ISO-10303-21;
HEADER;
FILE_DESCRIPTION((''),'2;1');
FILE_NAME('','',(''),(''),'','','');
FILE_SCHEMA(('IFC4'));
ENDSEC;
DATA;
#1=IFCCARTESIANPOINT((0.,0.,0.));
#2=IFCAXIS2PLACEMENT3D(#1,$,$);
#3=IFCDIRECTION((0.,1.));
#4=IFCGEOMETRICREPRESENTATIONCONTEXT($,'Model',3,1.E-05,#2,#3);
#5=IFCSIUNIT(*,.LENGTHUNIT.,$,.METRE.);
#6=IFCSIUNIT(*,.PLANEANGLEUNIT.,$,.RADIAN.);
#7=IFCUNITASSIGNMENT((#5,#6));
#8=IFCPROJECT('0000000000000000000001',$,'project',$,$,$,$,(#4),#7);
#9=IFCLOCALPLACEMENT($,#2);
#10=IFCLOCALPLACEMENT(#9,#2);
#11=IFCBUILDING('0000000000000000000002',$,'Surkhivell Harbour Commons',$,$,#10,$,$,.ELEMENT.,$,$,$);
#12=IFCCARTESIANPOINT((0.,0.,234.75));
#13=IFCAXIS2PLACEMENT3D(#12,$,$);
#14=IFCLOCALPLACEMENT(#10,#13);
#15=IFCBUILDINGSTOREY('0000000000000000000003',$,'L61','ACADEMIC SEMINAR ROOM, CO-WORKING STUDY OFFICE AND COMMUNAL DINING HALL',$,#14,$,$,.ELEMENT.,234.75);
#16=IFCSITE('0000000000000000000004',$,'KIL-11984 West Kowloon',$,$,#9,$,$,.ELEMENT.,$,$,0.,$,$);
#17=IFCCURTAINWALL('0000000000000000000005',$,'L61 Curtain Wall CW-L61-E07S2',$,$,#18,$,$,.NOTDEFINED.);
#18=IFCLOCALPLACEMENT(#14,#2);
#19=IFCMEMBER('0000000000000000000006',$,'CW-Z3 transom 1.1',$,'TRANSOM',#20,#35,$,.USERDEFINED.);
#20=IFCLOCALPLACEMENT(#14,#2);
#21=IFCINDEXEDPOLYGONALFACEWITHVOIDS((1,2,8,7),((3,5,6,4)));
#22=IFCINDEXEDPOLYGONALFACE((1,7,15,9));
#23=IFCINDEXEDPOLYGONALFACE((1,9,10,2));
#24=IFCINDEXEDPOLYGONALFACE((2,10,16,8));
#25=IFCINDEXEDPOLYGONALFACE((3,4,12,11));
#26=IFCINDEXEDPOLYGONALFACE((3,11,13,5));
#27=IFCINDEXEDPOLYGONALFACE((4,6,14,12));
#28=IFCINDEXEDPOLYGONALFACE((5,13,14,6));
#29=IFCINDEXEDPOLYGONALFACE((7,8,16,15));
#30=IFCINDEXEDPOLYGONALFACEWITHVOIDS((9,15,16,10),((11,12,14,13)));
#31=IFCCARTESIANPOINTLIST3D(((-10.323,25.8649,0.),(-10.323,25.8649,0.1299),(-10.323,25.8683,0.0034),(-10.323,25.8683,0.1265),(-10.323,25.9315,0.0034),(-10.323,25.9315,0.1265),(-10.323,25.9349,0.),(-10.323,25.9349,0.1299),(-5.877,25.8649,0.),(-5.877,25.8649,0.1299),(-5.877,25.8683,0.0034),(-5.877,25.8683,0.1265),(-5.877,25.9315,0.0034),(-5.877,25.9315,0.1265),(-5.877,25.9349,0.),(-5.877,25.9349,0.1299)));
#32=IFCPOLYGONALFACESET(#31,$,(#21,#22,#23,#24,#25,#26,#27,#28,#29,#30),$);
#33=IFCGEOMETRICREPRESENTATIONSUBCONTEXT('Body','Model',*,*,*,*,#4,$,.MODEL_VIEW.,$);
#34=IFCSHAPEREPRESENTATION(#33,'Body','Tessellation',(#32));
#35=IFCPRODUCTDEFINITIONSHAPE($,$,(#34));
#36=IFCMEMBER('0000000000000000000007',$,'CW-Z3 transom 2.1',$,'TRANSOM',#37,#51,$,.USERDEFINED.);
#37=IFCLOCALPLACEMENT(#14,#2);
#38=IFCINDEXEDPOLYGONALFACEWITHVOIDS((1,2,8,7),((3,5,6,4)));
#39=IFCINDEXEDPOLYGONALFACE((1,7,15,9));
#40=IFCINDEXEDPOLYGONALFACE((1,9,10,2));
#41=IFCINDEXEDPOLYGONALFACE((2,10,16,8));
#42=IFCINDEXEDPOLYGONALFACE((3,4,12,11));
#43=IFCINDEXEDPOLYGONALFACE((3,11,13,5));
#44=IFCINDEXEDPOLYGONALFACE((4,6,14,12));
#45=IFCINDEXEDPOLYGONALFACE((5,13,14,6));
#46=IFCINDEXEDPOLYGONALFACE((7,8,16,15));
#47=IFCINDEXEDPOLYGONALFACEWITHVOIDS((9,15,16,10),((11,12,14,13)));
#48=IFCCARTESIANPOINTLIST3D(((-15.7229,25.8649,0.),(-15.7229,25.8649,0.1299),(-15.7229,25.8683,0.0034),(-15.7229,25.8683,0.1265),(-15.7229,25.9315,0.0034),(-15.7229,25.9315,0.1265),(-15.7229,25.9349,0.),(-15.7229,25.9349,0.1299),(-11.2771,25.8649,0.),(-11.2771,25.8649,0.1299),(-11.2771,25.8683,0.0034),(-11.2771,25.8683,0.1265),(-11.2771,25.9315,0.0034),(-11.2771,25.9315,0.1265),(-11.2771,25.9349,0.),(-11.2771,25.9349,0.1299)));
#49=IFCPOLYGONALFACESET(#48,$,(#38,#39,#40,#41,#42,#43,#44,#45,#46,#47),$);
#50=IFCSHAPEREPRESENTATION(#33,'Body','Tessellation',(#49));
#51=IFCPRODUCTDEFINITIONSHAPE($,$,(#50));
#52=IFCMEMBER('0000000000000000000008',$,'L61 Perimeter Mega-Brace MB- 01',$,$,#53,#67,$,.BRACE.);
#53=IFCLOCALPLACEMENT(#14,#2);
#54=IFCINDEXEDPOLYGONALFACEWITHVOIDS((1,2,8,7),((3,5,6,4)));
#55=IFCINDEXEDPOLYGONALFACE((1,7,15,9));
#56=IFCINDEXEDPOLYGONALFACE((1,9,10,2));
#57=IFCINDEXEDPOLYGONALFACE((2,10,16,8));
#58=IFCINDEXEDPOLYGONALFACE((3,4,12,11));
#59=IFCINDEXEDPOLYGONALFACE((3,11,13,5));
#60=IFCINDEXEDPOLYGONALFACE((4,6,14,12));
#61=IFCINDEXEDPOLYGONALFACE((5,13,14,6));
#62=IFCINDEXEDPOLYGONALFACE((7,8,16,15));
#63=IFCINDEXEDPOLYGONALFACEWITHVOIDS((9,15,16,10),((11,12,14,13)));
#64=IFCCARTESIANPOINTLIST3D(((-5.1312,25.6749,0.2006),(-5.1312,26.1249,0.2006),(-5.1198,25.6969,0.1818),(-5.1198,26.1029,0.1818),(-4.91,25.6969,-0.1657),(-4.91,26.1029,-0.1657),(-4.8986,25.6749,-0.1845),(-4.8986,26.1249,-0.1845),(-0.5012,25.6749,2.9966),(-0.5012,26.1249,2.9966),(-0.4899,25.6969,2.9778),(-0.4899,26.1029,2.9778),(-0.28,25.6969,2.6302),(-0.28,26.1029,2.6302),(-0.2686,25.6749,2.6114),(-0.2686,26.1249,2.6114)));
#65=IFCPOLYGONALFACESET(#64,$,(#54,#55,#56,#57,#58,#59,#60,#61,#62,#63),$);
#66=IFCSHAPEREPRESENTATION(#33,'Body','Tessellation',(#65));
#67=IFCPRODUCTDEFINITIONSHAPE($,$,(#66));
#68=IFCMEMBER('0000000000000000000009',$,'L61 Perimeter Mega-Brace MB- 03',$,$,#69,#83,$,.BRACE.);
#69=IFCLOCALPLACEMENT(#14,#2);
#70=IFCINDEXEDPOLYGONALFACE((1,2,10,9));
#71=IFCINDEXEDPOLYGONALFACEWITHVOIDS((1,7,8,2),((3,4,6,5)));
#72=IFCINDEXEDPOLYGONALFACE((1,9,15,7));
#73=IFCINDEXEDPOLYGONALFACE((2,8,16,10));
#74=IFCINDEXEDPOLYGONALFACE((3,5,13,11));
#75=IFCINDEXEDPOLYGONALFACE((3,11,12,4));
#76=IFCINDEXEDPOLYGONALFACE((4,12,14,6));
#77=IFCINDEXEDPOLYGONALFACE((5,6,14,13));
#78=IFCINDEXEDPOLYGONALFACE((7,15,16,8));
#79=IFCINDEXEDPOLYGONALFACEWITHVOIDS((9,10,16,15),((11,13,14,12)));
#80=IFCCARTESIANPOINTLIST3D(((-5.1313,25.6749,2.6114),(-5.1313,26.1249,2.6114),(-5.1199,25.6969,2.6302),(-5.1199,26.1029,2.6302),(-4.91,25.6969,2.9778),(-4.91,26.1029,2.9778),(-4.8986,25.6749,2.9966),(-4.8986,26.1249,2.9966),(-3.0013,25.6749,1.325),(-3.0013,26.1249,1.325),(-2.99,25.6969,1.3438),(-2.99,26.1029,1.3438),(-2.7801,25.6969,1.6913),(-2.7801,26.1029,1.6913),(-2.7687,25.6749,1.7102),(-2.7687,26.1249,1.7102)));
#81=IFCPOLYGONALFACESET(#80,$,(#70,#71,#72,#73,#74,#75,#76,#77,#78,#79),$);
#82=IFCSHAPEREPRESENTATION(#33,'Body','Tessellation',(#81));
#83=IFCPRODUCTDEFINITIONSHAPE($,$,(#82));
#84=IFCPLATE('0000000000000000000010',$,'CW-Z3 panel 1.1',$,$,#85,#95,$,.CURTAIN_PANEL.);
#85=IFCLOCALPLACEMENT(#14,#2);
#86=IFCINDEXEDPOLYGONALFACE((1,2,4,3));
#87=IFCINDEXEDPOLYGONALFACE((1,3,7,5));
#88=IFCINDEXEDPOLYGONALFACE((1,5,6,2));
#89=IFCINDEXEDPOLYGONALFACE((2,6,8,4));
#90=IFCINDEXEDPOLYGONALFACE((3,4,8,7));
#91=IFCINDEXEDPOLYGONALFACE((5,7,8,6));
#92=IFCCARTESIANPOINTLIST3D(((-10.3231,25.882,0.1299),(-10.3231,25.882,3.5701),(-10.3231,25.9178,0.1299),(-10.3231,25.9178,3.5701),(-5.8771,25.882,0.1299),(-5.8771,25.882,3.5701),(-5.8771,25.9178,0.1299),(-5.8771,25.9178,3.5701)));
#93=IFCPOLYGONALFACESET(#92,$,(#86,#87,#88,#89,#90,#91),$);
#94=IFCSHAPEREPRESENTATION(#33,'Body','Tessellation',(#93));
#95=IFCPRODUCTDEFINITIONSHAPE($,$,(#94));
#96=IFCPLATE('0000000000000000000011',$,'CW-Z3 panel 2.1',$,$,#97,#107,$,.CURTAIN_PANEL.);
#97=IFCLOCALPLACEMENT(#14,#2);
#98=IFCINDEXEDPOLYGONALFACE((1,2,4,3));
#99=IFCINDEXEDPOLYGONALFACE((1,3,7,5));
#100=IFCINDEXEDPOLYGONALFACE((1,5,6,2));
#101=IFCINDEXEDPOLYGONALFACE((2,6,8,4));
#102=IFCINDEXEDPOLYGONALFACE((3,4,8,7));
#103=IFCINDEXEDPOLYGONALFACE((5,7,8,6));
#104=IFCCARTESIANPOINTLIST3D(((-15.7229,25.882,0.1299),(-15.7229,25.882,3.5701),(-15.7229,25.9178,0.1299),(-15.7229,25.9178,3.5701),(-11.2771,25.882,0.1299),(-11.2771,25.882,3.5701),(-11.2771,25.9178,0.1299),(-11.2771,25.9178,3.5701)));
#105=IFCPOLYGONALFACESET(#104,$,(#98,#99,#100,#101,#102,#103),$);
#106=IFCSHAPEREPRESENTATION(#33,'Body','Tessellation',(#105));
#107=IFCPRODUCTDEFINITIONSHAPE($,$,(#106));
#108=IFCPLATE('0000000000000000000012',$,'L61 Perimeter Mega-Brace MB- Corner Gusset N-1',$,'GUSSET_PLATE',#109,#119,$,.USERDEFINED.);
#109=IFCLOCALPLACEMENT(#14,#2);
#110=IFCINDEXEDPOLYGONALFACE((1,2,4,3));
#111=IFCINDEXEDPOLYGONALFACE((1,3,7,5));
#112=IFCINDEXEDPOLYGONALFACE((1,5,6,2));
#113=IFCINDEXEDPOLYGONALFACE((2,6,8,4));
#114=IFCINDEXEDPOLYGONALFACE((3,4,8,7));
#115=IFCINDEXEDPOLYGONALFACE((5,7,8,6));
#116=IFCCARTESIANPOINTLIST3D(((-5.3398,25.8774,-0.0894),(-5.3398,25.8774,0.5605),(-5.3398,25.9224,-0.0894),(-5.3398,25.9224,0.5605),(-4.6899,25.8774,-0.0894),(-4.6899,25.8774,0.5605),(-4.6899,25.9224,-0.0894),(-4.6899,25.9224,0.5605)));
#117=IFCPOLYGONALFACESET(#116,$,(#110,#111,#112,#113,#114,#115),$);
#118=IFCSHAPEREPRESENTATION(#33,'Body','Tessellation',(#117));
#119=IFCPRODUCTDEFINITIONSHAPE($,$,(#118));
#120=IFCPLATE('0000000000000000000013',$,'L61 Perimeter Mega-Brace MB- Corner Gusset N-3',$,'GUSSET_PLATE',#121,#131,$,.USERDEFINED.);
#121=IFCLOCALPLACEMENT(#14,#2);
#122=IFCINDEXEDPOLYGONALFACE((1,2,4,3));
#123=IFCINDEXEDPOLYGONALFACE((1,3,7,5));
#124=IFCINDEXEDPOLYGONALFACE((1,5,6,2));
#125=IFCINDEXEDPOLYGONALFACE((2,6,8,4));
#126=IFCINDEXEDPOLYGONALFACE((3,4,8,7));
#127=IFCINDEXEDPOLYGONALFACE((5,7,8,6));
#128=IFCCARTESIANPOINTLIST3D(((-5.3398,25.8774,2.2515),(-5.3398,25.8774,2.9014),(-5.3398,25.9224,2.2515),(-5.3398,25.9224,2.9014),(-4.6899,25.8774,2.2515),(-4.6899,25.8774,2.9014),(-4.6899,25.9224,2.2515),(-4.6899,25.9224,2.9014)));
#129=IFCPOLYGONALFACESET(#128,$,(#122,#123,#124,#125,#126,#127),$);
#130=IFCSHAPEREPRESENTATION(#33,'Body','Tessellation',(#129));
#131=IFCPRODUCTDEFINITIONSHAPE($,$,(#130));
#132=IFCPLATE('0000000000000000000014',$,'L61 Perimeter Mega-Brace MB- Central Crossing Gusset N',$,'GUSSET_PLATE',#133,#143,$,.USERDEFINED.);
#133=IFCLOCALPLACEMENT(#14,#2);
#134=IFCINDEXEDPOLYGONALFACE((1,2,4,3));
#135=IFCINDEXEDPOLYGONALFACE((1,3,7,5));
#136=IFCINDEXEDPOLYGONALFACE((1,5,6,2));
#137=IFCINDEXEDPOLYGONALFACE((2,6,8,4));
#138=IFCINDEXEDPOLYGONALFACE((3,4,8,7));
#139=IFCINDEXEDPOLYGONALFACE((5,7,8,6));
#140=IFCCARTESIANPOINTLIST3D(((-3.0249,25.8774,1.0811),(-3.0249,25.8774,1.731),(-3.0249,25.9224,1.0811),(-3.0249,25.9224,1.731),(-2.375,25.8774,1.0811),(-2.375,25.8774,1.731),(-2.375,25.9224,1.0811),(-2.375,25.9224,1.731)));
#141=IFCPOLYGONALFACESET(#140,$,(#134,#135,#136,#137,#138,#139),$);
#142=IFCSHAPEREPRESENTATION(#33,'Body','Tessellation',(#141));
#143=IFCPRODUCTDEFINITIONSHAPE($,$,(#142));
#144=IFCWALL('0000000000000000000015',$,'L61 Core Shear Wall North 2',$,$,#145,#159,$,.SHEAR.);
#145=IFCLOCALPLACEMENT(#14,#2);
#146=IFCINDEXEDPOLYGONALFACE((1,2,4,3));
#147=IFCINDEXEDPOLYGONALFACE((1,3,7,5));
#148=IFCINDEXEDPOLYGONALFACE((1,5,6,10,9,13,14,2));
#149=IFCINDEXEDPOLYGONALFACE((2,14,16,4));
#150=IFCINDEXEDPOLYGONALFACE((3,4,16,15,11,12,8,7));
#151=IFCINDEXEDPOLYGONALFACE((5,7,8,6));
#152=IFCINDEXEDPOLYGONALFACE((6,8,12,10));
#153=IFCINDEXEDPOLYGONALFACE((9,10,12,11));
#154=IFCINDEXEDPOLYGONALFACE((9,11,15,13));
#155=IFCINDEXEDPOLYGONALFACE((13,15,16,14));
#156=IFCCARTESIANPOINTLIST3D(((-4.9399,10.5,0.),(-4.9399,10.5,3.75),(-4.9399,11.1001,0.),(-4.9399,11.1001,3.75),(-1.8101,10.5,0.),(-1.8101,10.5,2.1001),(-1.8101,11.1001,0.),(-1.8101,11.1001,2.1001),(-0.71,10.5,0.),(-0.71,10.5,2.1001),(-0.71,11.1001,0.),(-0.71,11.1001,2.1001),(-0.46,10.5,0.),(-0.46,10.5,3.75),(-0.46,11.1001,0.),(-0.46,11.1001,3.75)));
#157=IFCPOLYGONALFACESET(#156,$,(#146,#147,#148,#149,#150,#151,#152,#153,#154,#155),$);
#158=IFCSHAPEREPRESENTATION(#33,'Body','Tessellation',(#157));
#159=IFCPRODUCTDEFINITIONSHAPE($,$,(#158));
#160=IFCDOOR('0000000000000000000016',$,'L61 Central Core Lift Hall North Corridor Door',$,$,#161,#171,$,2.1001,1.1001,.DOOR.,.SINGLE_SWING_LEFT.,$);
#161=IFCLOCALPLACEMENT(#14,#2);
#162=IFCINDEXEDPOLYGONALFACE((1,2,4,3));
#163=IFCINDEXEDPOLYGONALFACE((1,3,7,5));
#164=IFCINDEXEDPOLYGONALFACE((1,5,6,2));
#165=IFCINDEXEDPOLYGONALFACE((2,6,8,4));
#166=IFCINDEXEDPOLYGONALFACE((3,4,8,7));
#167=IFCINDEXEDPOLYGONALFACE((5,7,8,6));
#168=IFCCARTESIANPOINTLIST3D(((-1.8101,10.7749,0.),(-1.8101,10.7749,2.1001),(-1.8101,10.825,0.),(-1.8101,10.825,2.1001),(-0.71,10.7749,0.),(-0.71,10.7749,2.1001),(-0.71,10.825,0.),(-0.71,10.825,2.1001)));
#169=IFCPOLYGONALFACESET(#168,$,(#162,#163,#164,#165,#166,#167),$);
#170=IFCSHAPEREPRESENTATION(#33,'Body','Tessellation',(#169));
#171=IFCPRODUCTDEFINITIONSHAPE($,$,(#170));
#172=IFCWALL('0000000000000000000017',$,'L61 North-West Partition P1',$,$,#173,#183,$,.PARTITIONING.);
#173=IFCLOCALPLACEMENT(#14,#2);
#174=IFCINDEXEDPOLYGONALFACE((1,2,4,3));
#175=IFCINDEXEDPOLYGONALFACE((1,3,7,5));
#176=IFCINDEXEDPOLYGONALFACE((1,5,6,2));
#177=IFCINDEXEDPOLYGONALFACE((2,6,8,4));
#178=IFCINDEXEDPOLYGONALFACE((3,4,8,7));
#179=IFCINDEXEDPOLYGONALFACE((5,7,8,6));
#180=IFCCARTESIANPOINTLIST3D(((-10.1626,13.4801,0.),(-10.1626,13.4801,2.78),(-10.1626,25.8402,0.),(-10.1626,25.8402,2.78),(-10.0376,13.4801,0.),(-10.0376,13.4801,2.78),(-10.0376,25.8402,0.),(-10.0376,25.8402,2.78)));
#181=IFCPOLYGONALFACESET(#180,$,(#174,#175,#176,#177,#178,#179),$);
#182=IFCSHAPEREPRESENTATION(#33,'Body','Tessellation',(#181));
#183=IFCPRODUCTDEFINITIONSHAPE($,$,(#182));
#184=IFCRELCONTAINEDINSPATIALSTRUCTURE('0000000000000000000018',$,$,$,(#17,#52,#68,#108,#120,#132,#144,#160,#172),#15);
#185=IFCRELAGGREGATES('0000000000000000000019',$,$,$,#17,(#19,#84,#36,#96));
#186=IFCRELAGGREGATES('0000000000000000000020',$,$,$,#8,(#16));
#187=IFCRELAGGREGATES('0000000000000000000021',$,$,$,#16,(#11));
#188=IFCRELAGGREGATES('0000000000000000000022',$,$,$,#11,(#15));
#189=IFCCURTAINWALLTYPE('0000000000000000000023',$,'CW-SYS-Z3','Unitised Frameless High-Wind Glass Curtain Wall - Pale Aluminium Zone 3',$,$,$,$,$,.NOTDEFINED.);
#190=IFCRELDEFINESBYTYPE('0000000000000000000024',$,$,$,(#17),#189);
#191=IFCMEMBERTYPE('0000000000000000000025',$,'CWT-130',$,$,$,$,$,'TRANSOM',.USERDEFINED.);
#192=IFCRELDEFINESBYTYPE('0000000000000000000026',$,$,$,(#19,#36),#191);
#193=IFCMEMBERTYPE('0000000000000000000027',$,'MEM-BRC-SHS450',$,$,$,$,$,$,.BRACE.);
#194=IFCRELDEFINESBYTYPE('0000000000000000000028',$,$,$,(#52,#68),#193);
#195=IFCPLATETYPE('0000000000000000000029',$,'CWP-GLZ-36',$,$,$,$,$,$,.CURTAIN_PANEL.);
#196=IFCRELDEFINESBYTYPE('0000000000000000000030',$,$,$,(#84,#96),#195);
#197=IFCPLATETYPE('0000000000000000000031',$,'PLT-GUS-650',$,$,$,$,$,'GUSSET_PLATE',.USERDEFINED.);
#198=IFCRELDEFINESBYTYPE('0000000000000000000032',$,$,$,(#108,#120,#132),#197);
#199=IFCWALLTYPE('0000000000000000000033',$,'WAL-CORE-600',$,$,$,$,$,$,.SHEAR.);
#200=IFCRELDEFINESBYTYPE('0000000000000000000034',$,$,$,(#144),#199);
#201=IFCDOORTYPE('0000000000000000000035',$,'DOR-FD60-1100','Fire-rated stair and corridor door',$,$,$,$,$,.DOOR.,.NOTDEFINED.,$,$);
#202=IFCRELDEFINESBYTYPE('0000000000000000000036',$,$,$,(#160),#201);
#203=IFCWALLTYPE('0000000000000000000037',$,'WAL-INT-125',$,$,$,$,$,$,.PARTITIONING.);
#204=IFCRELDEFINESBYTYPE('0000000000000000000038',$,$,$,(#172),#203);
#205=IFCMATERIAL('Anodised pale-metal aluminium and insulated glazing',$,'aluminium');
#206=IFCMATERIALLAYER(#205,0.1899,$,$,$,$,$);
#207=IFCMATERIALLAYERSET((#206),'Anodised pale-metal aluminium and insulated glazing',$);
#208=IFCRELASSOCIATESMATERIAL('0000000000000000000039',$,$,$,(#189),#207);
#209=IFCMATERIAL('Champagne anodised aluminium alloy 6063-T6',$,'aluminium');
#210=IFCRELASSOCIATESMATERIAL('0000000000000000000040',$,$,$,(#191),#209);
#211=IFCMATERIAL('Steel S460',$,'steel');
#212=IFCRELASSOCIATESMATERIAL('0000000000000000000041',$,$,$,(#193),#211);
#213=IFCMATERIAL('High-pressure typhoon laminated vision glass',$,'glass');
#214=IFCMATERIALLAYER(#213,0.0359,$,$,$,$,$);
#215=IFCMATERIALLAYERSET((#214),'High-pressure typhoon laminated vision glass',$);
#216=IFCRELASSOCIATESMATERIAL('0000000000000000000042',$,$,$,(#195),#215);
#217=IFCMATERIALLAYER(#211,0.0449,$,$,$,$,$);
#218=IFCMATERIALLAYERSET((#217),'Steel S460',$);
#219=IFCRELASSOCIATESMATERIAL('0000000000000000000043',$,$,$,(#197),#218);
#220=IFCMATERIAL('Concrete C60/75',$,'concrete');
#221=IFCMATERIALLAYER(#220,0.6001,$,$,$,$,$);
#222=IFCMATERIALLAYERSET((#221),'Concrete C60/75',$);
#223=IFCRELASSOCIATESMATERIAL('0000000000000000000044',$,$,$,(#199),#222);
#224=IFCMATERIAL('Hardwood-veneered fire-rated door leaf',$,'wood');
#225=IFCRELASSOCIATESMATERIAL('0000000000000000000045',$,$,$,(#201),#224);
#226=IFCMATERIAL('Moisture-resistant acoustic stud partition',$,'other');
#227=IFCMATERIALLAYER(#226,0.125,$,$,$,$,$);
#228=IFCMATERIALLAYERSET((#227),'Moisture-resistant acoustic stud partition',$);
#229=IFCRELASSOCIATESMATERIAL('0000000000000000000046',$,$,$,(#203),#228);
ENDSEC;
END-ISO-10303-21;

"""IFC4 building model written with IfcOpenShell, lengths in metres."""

from ifc_helpers import new_model, si_unit, direction, frame, frame_2d, origin, origin_2d, place, context, subcontext, project, spatial, rectangle, hollow_rectangle, extrude, material, layer, layer_set, material_profile, profile_set, type_object, element, fill, aggregate, save


model = new_model("IFC4")

# Units and contexts
model_context = context("Model", 3, precision=1e-05, world=origin(), true_north=direction((0.0, 1.0)))
body_context = subcontext(model_context, "Body", "Model", "MODEL_VIEW")
ifc_project = project(units=[si_unit("LENGTHUNIT", "METRE"), si_unit("PLANEANGLEUNIT", "RADIAN")], contexts=[model_context])

# Site, building, storey
site_placement = place(None, origin())
site = spatial("IfcSite", under=ifc_project, at=site_placement, Name="KIL-11984 West Kowloon", CompositionType="ELEMENT", RefElevation=0.0)
building_placement = place(site_placement, origin())
building = spatial("IfcBuilding", under=site, at=building_placement, Name="Surkhivell Harbour Commons", CompositionType="ELEMENT")
storey_placement = place(building_placement, frame((0.0, 0.0, 234.75)))
storey = spatial("IfcBuildingStorey", under=building, at=storey_placement, Name="L61", Description="ACADEMIC SEMINAR ROOM, CO-WORKING STUDY OFFICE AND COMMUNAL DINING HALL", CompositionType="ELEMENT", Elevation=234.75)

# Shared definitions
ifc_material_1 = material(Name="Concrete C60/75", Category="concrete")

# Curtain wall, members
ifc_material_2 = material(Name="Anodised pale-metal aluminium and insulated glazing", Category="aluminium")
ifc_layer_1 = layer(ifc_material_2, 0.1899)
ifc_layer_set_1 = layer_set([ifc_layer_1], Name="Anodised pale-metal aluminium and insulated glazing")
curtain_wall_type = type_object("IfcCurtainWallType", Name="CW-SYS-Z3", Description="Unitised Frameless High-Wind Glass Curtain Wall - Pale Aluminium Zone 3", PredefinedType="NOTDEFINED", material=ifc_layer_set_1)
curtain_wall_placement = place(storey_placement, origin())
curtain_wall = element("IfcCurtainWall", 1, at=curtain_wall_placement, inside=storey, type_object=curtain_wall_type, Name="L61 Curtain Wall CW-L61-E07S2", PredefinedType="NOTDEFINED")
ifc_material_3 = material(Name="Champagne anodised aluminium alloy 6063-T6", Category="aluminium")
ifc_material_profile_1 = material_profile(ifc_material_3, hollow_rectangle(XDim=0.0701, YDim=0.1299, WallThickness=0.0034, at=origin_2d()), Name="ALU-TRAN-70x130")
ifc_profile_set_1 = profile_set([ifc_material_profile_1], Name="Champagne anodised aluminium alloy 6063-T6")
member_type_1 = type_object("IfcMemberType", Name="CWT-130", ElementType="TRANSOM", PredefinedType="USERDEFINED", material=ifc_profile_set_1)
member_1_placement = place(storey_placement, frame((-5.877, 25.8999, 0.0649), z_axis=(-1.0, 0.0, 0.0), x_axis=(0.0, -1.0, 0.0)))
member_1 = element("IfcMember", 2, at=member_1_placement, type_object=member_type_1, Name="CW-Z3 transom 1.1", ObjectType="TRANSOM", PredefinedType="USERDEFINED", context=body_context, shape_type="SweptSolid", body=[
    extrude(hollow_rectangle(XDim=0.0701, YDim=0.1299, WallThickness=0.0034, at=origin_2d()), origin(), (0.0, 0.0, 1.0), 4.446),
])
member_2_placement = place(storey_placement, frame((-11.2771, 25.8999, 0.0649), z_axis=(-1.0, 0.0, 0.0), x_axis=(0.0, -1.0, 0.0)))
member_2 = element("IfcMember", 3, at=member_2_placement, type_object=member_type_1, Name="CW-Z3 transom 2.1", ObjectType="TRANSOM", PredefinedType="USERDEFINED", context=body_context, shape_type="SweptSolid", body=[
    extrude(hollow_rectangle(XDim=0.0701, YDim=0.1299, WallThickness=0.0034, at=origin_2d()), origin(), (0.0, 0.0, 1.0), 4.4458),
])

# Members
ifc_material_4 = material(Name="Steel S460", Category="steel")
ifc_material_profile_2 = material_profile(ifc_material_4, hollow_rectangle(XDim=0.45, YDim=0.45, WallThickness=0.022, at=origin_2d()), Name="SHS450x450x22")
ifc_profile_set_2 = profile_set([ifc_material_profile_2], Name="Steel S460")
member_type_2 = type_object("IfcMemberType", Name="MEM-BRC-SHS450", PredefinedType="BRACE", material=ifc_profile_set_2)
member_3_placement = place(storey_placement, frame((-5.0149, 25.8999, 0.0081), z_axis=(0.856024, 0.0, 0.516937), x_axis=(0.0, 1.0, 0.0)))
element("IfcMember", 4, at=member_3_placement, inside=storey, type_object=member_type_2, Name="L61 Perimeter Mega-Brace MB- 01", PredefinedType="BRACE", context=body_context, shape_type="SweptSolid", body=[
    extrude(hollow_rectangle(XDim=0.45, YDim=0.45, WallThickness=0.022, at=origin_2d()), origin(), (0.0, 0.0, 1.0), 5.4087),
])
member_4_placement = place(storey_placement, frame((-2.885, 25.8999, 1.5176), z_axis=(-0.855992, 0.0, 0.51699), x_axis=(0.0, -1.0, 0.0)))
element("IfcMember", 5, at=member_4_placement, inside=storey, type_object=member_type_2, Name="L61 Perimeter Mega-Brace MB- 03", PredefinedType="BRACE", context=body_context, shape_type="SweptSolid", body=[
    extrude(hollow_rectangle(XDim=0.45, YDim=0.45, WallThickness=0.022, at=origin_2d()), origin(), (0.0, 0.0, 1.0), 2.4883),
])

# Plates
ifc_material_5 = material(Name="High-pressure typhoon laminated vision glass", Category="glass")
ifc_layer_2 = layer(ifc_material_5, 0.0359)
ifc_layer_set_2 = layer_set([ifc_layer_2], Name="High-pressure typhoon laminated vision glass")
plate_type_1 = type_object("IfcPlateType", Name="CWP-GLZ-36", PredefinedType="CURTAIN_PANEL", material=ifc_layer_set_2)
plate_1_placement = place(storey_placement, frame((-5.877, 25.8999, 0.1299), z_axis=(0.0, 0.0, 1.0), x_axis=(-1.0, 0.0, 0.0)))
plate_1 = element("IfcPlate", 6, at=plate_1_placement, type_object=plate_type_1, Name="CW-Z3 panel 1.1", PredefinedType="CURTAIN_PANEL", context=body_context, shape_type="SweptSolid", body=[
    extrude(rectangle(XDim=4.446, YDim=0.0359, at=frame_2d((2.2231, 0.0))), origin(), (0.0, 0.0, 1.0), 3.4402),
])
plate_2_placement = place(storey_placement, frame((-11.2771, 25.8999, 0.1299), z_axis=(0.0, 0.0, 1.0), x_axis=(-1.0, 0.0, 0.0)))
plate_2 = element("IfcPlate", 7, at=plate_2_placement, type_object=plate_type_1, Name="CW-Z3 panel 2.1", PredefinedType="CURTAIN_PANEL", context=body_context, shape_type="SweptSolid", body=[
    extrude(rectangle(XDim=4.4458, YDim=0.0359, at=frame_2d((2.2229, 0.0))), origin(), (0.0, 0.0, 1.0), 3.4402),
])
aggregate(curtain_wall, [member_1, plate_1, member_2, plate_2])

# Plates
ifc_layer_3 = layer(ifc_material_4, 0.0449)
ifc_layer_set_3 = layer_set([ifc_layer_3], Name="Steel S460")
plate_type_2 = type_object("IfcPlateType", Name="PLT-GUS-650", ElementType="GUSSET_PLATE", PredefinedType="USERDEFINED", material=ifc_layer_set_3)
for number, where, z_axis, x_axis, name in (
    (8, (-5.0149, 25.8999, -0.0894), (0.0, 0.0, 1.0), (1.0, 0.0, 0.0), "L61 Perimeter Mega-Brace MB- Corner Gusset N-1"),
    (9, (-5.0149, 25.8999, 2.2515), (0.0, 0.0, 1.0), (1.0, 0.0, 0.0), "L61 Perimeter Mega-Brace MB- Corner Gusset N-3"),
    (10, (-2.7, 25.8999, 1.0811), (0.0, 0.0, 1.0), (1.0, 0.0, 0.0), "L61 Perimeter Mega-Brace MB- Central Crossing Gusset N"),
):
    element("IfcPlate", number, at=place(storey_placement, frame(where, z_axis=z_axis, x_axis=x_axis)), inside=storey, type_object=plate_type_2, Name=name, ObjectType="GUSSET_PLATE", PredefinedType="USERDEFINED", context=body_context, shape_type="SweptSolid", body=[
        extrude(rectangle(XDim=0.6499, YDim=0.0449, at=origin_2d()), origin(), (0.0, 0.0, 1.0), 0.6499),
    ])

# Wall, opening, door
ifc_layer_4 = layer(ifc_material_1, 0.6001)
ifc_layer_set_4 = layer_set([ifc_layer_4], Name="Concrete C60/75")
wall_type_1 = type_object("IfcWallType", Name="WAL-CORE-600", PredefinedType="SHEAR", material=ifc_layer_set_4)
wall_1_placement = place(storey_placement, frame((-4.9399, 10.8, 0.0), z_axis=(0.0, 0.0, 1.0), x_axis=(1.0, 0.0, 0.0)))
wall_1 = element("IfcWall", 11, at=wall_1_placement, inside=storey, type_object=wall_type_1, Name="L61 Core Shear Wall North 2", PredefinedType="SHEAR", context=body_context, shape_type="SweptSolid", body=[
    extrude(rectangle(XDim=4.48, YDim=0.6001, at=frame_2d((2.24, 0.0))), origin(), (0.0, 0.0, 1.0), 3.75),
])
opening_1_placement = place(wall_1_placement, frame((3.1299, 0.0, 0.0)))
opening_1 = element("IfcOpeningElement", 12, at=opening_1_placement, cuts=wall_1, PredefinedType="OPENING", context=body_context, shape_type="SweptSolid", body=[
    extrude(rectangle(XDim=1.1001, YDim=2.1001, at=frame_2d((0.55, 1.05))), frame((0.0, 0.3101, 0.0), z_axis=(0.0, -1.0, 0.0), x_axis=(1.0, 0.0, 0.0)), (0.0, 0.0, 1.0), 0.6201),
])
ifc_material_6 = material(Name="Hardwood-veneered fire-rated door leaf", Category="wood")
door_type_1 = type_object("IfcDoorType", Name="DOR-FD60-1100", Description="Fire-rated stair and corridor door", OperationType="NOTDEFINED", PredefinedType="DOOR", material=ifc_material_6)
door_1_placement = place(opening_1_placement, origin())
door_1 = element("IfcDoor", 13, at=door_1_placement, inside=storey, type_object=door_type_1, Name="L61 Central Core Lift Hall North Corridor Door", OperationType="SINGLE_SWING_LEFT", OverallHeight=2.1001, OverallWidth=1.1001, PredefinedType="DOOR", context=body_context, shape_type="SweptSolid", body=[
    extrude(rectangle(XDim=1.1001, YDim=2.1001, at=frame_2d((0.55, 1.05))), frame((0.0, 0.0249, 0.0), z_axis=(0.0, -1.0, 0.0), x_axis=(1.0, 0.0, 0.0)), (0.0, 0.0, 1.0), 0.05),
])
fill(opening_1, door_1)

# Wall
ifc_material_7 = material(Name="Moisture-resistant acoustic stud partition", Category="other")
ifc_layer_5 = layer(ifc_material_7, 0.125)
ifc_layer_set_5 = layer_set([ifc_layer_5], Name="Moisture-resistant acoustic stud partition")
wall_type_2 = type_object("IfcWallType", Name="WAL-INT-125", PredefinedType="PARTITIONING", material=ifc_layer_set_5)
for number, where, z_axis, x_axis, name in (
    (14, (-10.1001, 13.48, 0.0), (0.0, 0.0, 1.0), (0.0, 1.0, 0.0), "L61 North-West Partition P1"),
):
    element("IfcWall", number, at=place(storey_placement, frame(where, z_axis=z_axis, x_axis=x_axis)), inside=storey, type_object=wall_type_2, Name=name, PredefinedType="PARTITIONING", context=body_context, shape_type="SweptSolid", body=[
        extrude(rectangle(XDim=12.3601, YDim=0.125, at=frame_2d((6.1802, 0.0))), origin(), (0.0, 0.0, 1.0), 2.78),
    ])

save(model, "model.ifc")
